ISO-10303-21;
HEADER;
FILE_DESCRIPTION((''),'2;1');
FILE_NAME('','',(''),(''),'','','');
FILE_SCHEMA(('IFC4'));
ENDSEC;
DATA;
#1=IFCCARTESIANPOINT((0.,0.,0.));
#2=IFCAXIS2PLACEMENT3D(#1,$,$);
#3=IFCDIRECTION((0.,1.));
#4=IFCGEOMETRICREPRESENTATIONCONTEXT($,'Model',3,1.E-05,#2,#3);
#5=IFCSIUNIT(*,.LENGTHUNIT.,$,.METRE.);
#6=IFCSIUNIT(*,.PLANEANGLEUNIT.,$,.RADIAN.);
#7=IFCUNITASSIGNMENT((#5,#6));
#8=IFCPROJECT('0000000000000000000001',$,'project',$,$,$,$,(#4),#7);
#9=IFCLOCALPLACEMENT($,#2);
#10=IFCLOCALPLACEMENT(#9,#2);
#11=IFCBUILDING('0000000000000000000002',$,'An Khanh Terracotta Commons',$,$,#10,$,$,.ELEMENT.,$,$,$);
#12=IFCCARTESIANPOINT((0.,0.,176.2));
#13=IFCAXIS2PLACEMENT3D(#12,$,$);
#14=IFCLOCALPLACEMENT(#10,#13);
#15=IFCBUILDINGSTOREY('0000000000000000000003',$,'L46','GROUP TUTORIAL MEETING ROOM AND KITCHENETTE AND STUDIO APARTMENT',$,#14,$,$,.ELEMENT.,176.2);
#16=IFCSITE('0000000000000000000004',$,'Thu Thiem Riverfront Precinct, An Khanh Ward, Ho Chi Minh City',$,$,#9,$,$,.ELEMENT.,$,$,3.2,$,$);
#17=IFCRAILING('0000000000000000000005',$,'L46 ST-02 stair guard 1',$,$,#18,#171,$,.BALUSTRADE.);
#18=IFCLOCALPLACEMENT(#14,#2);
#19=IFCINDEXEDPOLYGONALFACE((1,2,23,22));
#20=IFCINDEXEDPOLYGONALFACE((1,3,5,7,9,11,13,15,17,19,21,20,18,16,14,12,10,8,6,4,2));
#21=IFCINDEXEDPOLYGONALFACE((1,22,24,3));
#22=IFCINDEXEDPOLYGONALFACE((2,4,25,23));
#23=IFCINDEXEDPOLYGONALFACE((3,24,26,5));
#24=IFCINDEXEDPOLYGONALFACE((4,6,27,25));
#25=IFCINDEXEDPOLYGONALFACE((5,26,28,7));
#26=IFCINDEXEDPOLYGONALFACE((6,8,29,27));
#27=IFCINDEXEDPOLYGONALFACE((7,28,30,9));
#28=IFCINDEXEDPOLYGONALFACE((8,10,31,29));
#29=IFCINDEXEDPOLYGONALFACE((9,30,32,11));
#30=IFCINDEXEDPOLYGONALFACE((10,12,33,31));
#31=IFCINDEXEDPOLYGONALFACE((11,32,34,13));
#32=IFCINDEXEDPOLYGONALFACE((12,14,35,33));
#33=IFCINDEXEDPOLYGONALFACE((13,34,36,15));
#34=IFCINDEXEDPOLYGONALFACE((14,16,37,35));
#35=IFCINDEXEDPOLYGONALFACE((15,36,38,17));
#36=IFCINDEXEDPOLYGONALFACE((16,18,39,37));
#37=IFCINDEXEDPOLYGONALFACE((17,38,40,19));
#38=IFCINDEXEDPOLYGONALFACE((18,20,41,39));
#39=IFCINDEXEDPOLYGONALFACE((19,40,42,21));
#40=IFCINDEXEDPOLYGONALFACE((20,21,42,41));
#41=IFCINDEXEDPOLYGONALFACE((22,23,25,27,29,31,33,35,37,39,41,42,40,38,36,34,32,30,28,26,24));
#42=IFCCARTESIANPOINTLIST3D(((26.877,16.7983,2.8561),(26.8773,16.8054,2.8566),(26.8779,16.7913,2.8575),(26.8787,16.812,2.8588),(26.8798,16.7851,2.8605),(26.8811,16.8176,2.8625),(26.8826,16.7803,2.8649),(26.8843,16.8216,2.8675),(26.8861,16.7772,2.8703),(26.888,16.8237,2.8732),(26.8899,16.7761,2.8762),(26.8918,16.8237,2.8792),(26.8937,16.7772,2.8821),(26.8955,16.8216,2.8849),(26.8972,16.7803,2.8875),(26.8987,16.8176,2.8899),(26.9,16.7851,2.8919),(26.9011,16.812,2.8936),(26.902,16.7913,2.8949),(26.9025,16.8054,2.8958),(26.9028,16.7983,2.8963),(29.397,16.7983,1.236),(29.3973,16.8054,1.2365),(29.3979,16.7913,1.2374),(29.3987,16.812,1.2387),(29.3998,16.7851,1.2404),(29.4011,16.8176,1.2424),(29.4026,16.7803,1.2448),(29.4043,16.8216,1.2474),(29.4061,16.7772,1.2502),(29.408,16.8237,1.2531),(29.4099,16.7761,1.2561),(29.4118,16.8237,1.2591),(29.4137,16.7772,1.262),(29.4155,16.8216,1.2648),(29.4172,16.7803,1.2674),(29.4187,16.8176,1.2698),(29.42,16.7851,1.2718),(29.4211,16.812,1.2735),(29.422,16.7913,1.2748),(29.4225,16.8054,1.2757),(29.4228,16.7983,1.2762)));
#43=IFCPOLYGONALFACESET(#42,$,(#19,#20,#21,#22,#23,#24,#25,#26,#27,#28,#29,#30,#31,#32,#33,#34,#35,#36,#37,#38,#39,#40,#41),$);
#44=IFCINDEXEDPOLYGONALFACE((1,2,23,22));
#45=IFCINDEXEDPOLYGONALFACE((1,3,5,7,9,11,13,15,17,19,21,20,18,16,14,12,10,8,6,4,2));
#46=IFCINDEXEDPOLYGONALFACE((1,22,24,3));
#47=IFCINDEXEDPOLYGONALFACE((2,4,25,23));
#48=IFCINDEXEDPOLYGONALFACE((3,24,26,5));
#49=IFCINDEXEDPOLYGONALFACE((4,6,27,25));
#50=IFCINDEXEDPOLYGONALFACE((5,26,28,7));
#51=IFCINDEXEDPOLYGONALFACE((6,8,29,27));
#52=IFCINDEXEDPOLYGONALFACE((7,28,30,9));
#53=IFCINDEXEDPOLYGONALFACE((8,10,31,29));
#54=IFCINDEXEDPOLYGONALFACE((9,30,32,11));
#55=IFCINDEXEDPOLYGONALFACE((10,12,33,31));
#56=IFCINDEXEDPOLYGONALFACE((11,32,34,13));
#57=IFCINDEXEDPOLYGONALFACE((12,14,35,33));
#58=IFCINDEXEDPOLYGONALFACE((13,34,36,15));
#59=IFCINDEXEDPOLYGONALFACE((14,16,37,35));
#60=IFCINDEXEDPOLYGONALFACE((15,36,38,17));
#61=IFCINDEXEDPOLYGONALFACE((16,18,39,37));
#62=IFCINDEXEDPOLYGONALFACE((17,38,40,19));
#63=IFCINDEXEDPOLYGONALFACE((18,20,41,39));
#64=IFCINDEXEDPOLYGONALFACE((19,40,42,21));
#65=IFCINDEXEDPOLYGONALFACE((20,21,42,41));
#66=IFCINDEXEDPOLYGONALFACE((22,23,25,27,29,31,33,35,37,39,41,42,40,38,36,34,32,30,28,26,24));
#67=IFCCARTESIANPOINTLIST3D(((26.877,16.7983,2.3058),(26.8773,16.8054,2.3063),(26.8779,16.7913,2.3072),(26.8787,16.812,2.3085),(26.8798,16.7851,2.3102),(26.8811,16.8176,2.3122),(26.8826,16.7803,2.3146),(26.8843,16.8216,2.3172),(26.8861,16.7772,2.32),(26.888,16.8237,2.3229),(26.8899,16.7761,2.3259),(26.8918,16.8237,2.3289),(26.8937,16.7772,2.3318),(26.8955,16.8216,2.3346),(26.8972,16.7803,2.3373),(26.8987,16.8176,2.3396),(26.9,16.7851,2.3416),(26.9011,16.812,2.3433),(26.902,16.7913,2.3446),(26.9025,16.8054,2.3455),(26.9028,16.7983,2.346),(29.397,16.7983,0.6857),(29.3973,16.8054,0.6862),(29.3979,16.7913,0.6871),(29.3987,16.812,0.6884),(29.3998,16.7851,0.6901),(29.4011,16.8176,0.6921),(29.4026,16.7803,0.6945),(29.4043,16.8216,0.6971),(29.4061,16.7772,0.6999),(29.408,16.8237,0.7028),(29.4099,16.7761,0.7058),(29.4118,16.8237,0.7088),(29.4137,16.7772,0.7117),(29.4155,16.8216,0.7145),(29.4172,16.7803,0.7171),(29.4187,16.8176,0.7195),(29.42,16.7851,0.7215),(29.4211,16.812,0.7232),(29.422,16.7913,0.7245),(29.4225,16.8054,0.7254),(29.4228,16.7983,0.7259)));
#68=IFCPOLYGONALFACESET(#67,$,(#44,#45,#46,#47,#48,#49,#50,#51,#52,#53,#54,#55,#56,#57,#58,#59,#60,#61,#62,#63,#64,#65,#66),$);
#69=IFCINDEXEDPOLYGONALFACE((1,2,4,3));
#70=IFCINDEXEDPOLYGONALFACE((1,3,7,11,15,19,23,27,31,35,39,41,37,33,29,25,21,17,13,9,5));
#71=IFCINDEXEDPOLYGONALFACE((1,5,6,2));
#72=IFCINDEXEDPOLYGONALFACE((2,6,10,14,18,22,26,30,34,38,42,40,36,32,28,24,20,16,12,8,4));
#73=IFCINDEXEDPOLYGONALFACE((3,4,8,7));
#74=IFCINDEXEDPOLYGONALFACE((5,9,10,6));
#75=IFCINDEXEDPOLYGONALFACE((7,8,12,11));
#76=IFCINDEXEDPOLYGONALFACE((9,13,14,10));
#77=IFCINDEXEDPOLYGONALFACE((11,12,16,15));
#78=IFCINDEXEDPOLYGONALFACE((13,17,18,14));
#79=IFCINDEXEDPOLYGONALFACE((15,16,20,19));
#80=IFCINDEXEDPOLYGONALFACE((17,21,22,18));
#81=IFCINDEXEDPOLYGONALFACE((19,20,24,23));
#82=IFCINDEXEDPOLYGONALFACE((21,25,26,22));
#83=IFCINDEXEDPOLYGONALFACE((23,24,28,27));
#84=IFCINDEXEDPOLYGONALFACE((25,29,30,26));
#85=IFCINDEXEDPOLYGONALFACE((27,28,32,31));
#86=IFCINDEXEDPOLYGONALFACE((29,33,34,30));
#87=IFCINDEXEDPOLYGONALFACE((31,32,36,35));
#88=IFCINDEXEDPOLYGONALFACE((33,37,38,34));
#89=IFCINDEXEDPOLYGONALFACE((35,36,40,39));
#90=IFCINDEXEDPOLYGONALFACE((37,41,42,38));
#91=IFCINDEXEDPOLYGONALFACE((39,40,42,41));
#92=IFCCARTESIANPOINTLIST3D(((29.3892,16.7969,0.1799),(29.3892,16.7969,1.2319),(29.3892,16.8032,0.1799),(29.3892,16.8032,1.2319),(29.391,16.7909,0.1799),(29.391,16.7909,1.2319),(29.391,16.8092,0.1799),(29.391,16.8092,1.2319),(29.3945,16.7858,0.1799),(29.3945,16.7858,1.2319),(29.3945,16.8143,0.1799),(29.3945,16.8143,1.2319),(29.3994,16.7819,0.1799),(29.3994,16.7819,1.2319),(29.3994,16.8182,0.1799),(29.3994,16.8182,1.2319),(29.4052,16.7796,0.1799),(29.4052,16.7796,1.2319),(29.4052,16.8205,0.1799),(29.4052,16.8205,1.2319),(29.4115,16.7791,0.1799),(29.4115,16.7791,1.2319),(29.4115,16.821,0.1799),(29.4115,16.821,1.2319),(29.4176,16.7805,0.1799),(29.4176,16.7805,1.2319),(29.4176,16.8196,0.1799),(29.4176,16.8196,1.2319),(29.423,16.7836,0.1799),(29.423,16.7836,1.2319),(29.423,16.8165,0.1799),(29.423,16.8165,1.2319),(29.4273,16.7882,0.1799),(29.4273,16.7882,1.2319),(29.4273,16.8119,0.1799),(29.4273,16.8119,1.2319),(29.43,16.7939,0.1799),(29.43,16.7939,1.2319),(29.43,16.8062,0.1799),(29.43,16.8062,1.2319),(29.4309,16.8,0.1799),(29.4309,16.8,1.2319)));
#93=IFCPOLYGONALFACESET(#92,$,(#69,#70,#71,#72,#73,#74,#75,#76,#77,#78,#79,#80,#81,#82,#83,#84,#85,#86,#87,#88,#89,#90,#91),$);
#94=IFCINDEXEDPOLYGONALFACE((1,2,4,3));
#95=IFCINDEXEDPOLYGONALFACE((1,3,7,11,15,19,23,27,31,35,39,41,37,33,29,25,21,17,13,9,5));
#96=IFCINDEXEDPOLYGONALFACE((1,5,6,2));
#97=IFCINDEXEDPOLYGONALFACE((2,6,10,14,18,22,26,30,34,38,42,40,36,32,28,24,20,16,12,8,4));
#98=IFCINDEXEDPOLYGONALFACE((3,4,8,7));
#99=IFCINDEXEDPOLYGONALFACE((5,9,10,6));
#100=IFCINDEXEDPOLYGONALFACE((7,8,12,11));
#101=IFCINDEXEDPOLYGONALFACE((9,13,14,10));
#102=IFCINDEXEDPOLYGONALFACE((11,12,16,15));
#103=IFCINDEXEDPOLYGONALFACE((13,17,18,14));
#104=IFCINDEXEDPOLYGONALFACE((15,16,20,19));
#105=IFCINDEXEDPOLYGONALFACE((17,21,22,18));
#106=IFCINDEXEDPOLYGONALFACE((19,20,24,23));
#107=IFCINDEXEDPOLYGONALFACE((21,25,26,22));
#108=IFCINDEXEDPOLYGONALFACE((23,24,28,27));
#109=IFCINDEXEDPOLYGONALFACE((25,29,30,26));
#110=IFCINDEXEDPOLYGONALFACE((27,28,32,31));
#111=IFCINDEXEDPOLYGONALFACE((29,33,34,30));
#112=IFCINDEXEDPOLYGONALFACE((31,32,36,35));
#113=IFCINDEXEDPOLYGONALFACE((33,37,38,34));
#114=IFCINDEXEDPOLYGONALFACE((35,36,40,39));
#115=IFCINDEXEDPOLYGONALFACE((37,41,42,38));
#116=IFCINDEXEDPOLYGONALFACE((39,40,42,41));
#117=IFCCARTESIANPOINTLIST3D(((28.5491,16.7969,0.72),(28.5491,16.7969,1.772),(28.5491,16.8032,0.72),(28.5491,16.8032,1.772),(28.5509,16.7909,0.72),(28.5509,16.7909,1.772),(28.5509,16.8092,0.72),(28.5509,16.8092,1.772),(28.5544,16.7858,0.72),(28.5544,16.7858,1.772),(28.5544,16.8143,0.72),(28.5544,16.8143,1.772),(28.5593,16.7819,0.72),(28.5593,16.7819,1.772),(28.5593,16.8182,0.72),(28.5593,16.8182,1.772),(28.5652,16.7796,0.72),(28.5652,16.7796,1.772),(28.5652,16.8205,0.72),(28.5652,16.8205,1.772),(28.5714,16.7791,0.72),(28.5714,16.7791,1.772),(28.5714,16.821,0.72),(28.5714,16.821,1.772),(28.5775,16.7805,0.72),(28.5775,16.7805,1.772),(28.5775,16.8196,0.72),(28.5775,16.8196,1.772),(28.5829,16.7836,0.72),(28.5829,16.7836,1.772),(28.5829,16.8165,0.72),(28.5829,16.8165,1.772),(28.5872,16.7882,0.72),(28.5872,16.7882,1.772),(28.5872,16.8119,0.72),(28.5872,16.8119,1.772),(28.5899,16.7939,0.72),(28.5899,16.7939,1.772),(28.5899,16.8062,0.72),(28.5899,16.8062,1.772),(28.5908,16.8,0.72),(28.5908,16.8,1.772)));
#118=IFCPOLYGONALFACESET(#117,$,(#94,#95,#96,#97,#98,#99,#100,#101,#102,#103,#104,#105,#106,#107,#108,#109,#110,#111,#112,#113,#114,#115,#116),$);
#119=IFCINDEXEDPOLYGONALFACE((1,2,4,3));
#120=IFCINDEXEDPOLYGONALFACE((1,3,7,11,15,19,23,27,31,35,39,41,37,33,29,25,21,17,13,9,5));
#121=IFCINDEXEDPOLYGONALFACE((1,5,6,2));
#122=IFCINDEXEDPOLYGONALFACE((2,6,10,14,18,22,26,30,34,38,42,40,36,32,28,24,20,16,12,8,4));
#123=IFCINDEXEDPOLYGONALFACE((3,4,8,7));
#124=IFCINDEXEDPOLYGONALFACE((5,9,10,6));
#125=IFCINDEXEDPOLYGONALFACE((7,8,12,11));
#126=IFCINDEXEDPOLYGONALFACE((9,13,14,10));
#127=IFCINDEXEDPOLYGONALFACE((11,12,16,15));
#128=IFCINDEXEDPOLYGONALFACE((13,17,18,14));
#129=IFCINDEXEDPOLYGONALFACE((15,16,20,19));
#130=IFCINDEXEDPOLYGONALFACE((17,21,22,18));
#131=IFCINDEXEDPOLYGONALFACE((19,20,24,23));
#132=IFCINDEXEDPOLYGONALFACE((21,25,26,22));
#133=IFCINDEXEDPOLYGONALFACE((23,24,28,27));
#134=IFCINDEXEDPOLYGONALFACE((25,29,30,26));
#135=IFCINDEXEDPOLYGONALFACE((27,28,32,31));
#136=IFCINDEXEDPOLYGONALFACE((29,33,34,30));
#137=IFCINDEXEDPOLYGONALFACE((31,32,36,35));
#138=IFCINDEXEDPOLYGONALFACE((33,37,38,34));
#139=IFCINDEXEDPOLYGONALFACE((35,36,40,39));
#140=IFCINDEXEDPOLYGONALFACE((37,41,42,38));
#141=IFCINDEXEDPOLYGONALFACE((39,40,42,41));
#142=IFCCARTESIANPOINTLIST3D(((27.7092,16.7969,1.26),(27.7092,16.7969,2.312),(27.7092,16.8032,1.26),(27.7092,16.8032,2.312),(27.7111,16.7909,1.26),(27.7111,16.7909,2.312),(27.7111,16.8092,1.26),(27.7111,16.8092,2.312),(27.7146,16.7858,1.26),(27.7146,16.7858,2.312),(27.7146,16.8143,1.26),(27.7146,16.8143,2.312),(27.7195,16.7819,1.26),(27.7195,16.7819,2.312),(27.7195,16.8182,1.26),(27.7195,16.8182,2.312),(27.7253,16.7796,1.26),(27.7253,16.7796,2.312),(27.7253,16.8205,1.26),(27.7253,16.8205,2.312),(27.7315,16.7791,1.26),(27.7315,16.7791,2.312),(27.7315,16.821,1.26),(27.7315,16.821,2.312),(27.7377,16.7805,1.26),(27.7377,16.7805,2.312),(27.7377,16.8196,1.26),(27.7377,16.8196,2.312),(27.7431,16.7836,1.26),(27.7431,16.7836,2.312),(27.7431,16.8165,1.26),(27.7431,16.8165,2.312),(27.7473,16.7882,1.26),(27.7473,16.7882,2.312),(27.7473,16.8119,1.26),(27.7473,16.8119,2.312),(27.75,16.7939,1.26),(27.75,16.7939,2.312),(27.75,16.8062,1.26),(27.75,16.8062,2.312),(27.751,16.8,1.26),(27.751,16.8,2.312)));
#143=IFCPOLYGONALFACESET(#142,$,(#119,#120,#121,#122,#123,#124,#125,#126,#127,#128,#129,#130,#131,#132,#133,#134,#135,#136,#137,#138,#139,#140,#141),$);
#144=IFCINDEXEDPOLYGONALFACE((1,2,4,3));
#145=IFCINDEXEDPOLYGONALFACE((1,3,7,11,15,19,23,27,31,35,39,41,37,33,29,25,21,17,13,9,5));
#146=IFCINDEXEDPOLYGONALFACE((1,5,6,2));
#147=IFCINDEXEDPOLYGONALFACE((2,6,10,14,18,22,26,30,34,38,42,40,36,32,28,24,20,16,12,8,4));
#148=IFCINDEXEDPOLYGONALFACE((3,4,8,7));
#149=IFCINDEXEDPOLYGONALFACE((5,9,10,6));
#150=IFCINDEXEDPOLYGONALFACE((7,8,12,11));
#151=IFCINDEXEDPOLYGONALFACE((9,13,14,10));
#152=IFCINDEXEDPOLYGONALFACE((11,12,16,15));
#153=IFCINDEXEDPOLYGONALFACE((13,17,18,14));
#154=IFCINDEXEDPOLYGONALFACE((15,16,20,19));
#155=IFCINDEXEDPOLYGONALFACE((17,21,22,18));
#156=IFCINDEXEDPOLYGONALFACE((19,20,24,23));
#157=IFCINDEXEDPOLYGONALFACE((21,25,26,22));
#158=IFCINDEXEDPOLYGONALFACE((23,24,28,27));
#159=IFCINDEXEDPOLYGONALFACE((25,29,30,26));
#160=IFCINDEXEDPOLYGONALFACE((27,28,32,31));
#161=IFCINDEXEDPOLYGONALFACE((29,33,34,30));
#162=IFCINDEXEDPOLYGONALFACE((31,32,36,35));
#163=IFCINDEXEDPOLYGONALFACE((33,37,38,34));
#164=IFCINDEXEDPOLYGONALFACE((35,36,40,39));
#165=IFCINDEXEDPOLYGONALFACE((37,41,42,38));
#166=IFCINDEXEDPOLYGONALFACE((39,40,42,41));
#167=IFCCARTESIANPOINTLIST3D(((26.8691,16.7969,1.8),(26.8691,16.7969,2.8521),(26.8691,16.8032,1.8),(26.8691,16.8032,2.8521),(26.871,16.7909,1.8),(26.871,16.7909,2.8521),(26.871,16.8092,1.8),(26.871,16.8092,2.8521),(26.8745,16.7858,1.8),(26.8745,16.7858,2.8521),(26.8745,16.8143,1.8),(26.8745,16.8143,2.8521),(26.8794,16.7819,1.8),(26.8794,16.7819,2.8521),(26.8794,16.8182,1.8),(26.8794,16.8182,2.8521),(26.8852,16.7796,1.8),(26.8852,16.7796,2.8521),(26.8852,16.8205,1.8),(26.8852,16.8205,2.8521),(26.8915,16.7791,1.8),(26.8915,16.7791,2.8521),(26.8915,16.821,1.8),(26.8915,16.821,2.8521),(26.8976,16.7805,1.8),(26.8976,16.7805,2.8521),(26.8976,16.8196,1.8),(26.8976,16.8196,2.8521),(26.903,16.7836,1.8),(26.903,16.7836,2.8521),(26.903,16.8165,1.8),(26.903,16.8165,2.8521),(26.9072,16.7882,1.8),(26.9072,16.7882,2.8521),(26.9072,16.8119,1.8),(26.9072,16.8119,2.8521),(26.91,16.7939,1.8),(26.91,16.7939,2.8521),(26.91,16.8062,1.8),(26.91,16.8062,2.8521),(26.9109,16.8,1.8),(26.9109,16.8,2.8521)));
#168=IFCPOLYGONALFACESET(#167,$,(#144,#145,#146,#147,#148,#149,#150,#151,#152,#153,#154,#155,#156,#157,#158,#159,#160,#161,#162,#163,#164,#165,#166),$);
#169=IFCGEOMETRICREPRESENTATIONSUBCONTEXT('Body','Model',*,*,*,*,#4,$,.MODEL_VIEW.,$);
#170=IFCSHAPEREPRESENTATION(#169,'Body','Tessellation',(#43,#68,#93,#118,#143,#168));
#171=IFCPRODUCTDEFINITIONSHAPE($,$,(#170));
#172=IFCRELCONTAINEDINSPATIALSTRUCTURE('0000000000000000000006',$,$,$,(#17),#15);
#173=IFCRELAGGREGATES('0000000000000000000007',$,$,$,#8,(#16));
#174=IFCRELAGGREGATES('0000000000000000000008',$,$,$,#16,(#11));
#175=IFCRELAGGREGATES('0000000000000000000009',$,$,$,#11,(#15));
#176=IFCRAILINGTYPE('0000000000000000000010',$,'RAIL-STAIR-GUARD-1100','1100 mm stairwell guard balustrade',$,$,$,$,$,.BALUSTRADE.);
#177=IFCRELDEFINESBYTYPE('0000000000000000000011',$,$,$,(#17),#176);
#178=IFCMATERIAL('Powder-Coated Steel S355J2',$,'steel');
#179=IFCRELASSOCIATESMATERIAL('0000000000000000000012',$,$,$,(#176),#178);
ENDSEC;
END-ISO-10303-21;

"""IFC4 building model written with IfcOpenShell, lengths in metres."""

from ifc_helpers import new_model, si_unit, direction, frame, origin, origin_2d, place, context, subcontext, project, spatial, circle, extrude, material, type_object, element, save


model = new_model("IFC4")

# Units and contexts
model_context = context("Model", 3, precision=1e-05, world=origin(), true_north=direction((0.0, 1.0)))
body_context = subcontext(model_context, "Body", "Model", "MODEL_VIEW")
ifc_project = project(units=[si_unit("LENGTHUNIT", "METRE"), si_unit("PLANEANGLEUNIT", "RADIAN")], contexts=[model_context])

# Site, building, storey
site_placement = place(None, origin())
site = spatial("IfcSite", under=ifc_project, at=site_placement, Name="Thu Thiem Riverfront Precinct, An Khanh Ward, Ho Chi Minh City", CompositionType="ELEMENT", RefElevation=3.2)
building_placement = place(site_placement, origin())
building = spatial("IfcBuilding", under=site, at=building_placement, Name="An Khanh Terracotta Commons", CompositionType="ELEMENT")
storey_placement = place(building_placement, frame((0.0, 0.0, 176.2)))
storey = spatial("IfcBuildingStorey", under=building, at=storey_placement, Name="L46", Description="GROUP TUTORIAL MEETING ROOM AND KITCHENETTE AND STUDIO APARTMENT", CompositionType="ELEMENT", Elevation=176.2)

# Railing
ifc_material_1 = material(Name="Powder-Coated Steel S355J2", Category="steel")
railing_type_1 = type_object("IfcRailingType", Name="RAIL-STAIR-GUARD-1100", Description="1100 mm stairwell guard balustrade", PredefinedType="BALUSTRADE", material=ifc_material_1)
railing_1_placement = place(storey_placement, frame((29.4099, 16.8, 0.1799)))
element("IfcRailing", 1, at=railing_1_placement, inside=storey, type_object=railing_type_1, Name="L46 ST-02 stair guard 1", PredefinedType="BALUSTRADE", context=body_context, shape_type="SweptSolid", body=[
    extrude(circle(Radius=0.0239, at=origin_2d()), frame((0.0, 0.0, 1.0762), z_axis=(-0.841163, 0.0, 0.540782), x_axis=(0.0, -1.0, 0.0)), (0.0, 0.0, 1.0), 2.9958),
    extrude(circle(Radius=0.0239, at=origin_2d()), frame((0.0, 0.0, 0.5259), z_axis=(-0.841163, 0.0, 0.540782), x_axis=(0.0, -1.0, 0.0)), (0.0, 0.0, 1.0), 2.9958),
    extrude(circle(Radius=0.021, at=origin_2d()), origin(), (0.0, 0.0, 1.0), 1.052),
    extrude(circle(Radius=0.021, at=origin_2d()), frame((-0.8401, 0.0, 0.54)), (0.0, 0.0, 1.0), 1.052),
    extrude(circle(Radius=0.021, at=origin_2d()), frame((-1.6799, 0.0, 1.0801)), (0.0, 0.0, 1.0), 1.052),
    extrude(circle(Radius=0.021, at=origin_2d()), frame((-2.52, 0.0, 1.6201)), (0.0, 0.0, 1.0), 1.052),
])

save(model, "model.ifc")
